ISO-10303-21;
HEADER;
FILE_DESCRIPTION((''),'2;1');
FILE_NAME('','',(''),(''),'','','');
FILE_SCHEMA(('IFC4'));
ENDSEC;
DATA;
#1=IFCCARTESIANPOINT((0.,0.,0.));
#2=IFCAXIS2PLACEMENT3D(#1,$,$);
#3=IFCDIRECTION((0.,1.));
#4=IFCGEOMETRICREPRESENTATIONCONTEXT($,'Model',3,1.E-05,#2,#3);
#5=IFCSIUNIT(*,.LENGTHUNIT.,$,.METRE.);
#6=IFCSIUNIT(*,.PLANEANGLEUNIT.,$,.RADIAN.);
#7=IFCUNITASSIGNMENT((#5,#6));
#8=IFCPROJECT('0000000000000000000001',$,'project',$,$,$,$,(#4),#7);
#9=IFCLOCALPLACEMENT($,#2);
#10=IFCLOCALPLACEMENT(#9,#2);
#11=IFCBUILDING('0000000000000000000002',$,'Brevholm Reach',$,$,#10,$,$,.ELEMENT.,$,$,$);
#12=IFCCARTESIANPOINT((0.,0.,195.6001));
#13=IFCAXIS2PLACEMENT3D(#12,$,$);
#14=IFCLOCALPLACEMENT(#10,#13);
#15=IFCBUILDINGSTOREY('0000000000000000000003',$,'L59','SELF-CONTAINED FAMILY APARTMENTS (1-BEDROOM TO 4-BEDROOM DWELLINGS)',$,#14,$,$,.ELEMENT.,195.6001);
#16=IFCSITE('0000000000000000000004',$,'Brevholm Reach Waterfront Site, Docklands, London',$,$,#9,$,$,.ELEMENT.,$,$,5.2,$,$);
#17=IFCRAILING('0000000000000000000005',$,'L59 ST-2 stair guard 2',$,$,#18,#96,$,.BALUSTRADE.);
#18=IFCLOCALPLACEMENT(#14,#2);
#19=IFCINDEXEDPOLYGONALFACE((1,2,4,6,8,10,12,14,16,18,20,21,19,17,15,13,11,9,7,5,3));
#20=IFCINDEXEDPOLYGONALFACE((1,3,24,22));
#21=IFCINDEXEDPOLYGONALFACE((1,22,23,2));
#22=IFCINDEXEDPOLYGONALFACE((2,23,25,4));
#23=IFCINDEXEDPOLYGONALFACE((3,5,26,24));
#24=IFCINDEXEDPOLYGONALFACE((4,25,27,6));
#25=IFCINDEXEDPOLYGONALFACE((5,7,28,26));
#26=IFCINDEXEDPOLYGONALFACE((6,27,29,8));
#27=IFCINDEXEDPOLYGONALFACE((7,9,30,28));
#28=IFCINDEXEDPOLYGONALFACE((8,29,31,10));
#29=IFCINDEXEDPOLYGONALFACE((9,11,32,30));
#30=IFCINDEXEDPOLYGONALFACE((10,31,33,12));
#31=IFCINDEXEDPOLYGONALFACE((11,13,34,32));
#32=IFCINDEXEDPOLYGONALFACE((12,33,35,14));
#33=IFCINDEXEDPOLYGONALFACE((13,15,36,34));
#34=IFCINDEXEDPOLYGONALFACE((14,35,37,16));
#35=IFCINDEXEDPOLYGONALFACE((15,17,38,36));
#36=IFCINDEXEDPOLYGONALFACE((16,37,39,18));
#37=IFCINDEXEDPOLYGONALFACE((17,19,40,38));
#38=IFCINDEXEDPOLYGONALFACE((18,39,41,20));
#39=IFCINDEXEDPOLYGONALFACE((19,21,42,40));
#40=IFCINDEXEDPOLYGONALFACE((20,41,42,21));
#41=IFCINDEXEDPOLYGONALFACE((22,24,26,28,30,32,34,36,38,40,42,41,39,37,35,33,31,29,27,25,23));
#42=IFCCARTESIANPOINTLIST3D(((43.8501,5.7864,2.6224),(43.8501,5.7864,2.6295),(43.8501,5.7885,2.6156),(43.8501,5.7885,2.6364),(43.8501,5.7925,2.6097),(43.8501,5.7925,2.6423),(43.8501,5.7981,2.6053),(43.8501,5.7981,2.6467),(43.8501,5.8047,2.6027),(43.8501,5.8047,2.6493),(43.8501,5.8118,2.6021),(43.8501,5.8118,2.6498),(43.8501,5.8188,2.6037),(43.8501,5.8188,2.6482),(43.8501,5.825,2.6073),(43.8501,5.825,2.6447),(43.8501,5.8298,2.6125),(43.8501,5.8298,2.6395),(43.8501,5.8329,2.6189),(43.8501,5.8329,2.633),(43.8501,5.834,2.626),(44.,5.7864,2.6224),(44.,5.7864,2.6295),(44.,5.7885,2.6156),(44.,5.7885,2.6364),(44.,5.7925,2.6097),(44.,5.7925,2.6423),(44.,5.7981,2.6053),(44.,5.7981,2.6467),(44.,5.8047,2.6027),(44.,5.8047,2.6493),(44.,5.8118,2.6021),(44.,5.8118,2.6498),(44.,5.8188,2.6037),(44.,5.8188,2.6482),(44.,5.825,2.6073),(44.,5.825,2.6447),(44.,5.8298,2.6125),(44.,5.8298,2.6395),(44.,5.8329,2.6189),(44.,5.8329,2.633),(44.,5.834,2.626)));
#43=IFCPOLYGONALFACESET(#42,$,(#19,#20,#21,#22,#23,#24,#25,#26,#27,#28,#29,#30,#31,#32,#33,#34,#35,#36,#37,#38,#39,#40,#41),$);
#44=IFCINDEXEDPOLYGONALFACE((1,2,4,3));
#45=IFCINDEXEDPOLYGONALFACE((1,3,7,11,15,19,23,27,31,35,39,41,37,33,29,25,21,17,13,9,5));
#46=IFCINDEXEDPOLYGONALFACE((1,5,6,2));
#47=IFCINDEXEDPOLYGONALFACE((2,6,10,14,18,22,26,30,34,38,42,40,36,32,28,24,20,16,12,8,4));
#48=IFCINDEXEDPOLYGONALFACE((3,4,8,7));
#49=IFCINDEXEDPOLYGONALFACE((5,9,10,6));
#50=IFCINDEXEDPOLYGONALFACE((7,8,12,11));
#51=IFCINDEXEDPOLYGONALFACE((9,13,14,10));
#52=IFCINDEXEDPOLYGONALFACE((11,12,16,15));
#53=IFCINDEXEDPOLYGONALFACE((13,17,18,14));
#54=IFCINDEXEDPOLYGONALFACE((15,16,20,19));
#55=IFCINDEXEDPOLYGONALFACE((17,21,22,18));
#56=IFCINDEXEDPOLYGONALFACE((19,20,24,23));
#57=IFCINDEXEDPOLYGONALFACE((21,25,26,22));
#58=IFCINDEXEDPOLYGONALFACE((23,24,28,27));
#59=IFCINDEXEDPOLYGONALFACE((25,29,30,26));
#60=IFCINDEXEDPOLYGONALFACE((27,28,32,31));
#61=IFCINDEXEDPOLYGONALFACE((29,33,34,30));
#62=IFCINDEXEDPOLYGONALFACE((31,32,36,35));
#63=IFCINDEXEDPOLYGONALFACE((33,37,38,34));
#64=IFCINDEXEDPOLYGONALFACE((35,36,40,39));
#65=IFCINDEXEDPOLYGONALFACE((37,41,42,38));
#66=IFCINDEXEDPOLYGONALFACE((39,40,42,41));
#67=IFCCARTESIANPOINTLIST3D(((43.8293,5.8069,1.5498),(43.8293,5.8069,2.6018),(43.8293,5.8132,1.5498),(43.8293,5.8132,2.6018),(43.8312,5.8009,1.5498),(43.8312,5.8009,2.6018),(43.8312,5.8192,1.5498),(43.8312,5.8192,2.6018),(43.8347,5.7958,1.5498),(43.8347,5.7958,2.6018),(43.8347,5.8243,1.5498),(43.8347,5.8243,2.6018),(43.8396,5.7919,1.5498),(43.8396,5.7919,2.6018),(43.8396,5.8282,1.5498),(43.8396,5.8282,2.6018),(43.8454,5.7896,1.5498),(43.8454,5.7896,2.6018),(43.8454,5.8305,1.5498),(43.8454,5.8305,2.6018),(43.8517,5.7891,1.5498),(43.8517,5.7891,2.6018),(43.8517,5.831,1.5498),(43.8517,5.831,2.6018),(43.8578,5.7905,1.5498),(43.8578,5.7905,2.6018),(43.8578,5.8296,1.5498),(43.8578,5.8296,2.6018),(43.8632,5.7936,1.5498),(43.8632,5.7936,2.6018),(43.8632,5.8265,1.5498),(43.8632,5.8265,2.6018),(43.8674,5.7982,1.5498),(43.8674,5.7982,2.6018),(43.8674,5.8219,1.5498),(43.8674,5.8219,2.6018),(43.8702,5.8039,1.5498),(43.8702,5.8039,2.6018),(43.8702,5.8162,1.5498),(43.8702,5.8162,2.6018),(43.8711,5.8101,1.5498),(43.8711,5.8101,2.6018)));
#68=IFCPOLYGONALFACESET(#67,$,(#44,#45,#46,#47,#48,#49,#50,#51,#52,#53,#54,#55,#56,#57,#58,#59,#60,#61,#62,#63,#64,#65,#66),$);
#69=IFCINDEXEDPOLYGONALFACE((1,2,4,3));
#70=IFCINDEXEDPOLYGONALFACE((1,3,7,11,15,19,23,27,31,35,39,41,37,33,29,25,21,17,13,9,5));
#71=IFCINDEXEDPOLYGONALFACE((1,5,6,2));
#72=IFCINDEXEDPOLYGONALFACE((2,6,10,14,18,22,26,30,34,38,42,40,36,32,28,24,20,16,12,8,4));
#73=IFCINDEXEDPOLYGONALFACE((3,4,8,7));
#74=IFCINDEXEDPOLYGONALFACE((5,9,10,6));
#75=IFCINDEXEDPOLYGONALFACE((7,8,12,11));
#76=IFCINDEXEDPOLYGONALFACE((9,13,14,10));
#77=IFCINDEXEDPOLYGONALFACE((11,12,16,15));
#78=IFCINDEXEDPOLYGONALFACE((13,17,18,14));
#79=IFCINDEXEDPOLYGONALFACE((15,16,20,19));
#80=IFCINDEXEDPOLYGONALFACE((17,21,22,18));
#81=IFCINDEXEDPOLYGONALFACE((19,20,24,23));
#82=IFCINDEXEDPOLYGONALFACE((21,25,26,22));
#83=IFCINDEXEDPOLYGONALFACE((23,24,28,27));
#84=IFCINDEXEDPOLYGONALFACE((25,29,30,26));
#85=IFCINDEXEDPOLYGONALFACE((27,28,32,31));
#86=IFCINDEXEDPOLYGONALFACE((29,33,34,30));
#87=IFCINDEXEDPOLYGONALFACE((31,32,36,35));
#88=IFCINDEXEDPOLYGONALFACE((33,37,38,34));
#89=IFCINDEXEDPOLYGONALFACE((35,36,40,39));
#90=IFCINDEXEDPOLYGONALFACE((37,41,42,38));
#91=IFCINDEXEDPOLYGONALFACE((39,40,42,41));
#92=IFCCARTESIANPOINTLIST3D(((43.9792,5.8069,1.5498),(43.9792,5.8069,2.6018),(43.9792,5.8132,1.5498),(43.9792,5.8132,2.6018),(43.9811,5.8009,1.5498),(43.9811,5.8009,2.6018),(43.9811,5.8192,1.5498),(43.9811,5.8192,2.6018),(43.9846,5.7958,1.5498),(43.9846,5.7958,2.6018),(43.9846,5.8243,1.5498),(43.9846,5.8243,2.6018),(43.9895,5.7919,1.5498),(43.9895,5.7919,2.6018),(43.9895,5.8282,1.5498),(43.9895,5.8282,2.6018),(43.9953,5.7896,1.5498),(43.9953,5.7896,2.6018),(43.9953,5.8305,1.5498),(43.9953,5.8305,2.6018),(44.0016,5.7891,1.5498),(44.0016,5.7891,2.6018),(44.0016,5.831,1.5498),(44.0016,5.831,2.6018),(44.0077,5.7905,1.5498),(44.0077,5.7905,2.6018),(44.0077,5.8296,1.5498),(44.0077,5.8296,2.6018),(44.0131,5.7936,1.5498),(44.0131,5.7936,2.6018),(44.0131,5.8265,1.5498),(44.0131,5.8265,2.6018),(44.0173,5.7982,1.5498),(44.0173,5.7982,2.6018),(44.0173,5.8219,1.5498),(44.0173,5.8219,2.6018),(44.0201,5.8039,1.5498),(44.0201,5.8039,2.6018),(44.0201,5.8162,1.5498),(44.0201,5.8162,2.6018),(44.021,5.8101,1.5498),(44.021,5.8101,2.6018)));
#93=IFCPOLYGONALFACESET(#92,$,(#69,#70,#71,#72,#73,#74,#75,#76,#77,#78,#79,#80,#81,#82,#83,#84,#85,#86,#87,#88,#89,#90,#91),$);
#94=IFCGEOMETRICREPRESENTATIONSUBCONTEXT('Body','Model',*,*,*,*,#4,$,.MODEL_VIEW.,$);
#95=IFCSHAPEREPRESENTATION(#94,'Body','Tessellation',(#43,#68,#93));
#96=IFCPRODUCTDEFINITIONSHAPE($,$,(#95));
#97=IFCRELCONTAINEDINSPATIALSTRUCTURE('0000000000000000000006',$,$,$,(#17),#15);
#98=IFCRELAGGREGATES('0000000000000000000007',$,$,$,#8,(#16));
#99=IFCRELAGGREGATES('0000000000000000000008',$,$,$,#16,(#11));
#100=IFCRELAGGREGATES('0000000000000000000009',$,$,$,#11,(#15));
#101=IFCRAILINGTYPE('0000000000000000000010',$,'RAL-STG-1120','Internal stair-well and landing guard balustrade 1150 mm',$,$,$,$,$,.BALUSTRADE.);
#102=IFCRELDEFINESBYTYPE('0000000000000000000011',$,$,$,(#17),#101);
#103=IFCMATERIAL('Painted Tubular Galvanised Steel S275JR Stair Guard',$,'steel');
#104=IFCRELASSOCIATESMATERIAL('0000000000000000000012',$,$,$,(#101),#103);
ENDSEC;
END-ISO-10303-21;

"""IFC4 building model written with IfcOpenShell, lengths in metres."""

from ifc_helpers import new_model, si_unit, direction, frame, origin, origin_2d, place, context, subcontext, project, spatial, circle, extrude, material, type_object, element, save


model = new_model("IFC4")

# Units and contexts
model_context = context("Model", 3, precision=1e-05, world=origin(), true_north=direction((0.0, 1.0)))
body_context = subcontext(model_context, "Body", "Model", "MODEL_VIEW")
ifc_project = project(units=[si_unit("LENGTHUNIT", "METRE"), si_unit("PLANEANGLEUNIT", "RADIAN")], contexts=[model_context])

# Site, building, storey
site_placement = place(None, origin())
site = spatial("IfcSite", under=ifc_project, at=site_placement, Name="Brevholm Reach Waterfront Site, Docklands, London", CompositionType="ELEMENT", RefElevation=5.2)
building_placement = place(site_placement, origin())
building = spatial("IfcBuilding", under=site, at=building_placement, Name="Brevholm Reach", CompositionType="ELEMENT")
storey_placement = place(building_placement, frame((0.0, 0.0, 195.6001)))
storey = spatial("IfcBuildingStorey", under=building, at=storey_placement, Name="L59", Description="SELF-CONTAINED FAMILY APARTMENTS (1-BEDROOM TO 4-BEDROOM DWELLINGS)", CompositionType="ELEMENT", Elevation=195.6001)

# Railing
ifc_material_1 = material(Name="Painted Tubular Galvanised Steel S275JR Stair Guard", Category="steel")
railing_type_1 = type_object("IfcRailingType", Name="RAL-STG-1120", Description="Internal stair-well and landing guard balustrade 1150 mm", PredefinedType="BALUSTRADE", material=ifc_material_1)
railing_1_placement = place(storey_placement, frame((43.8501, 5.8101, 1.5498)))
element("IfcRailing", 1, at=railing_1_placement, inside=storey, type_object=railing_type_1, Name="L59 ST-2 stair guard 2", PredefinedType="BALUSTRADE", context=body_context, shape_type="SweptSolid", body=[
    extrude(circle(Radius=0.0239, at=origin_2d()), frame((0.0, 0.0, 1.0762), z_axis=(1.0, 0.0, 0.0), x_axis=(0.0, 1.0, 0.0)), (0.0, 0.0, 1.0), 0.1499),
    extrude(circle(Radius=0.021, at=origin_2d()), origin(), (0.0, 0.0, 1.0), 1.052),
    extrude(circle(Radius=0.021, at=origin_2d()), frame((0.1499, 0.0, 0.0)), (0.0, 0.0, 1.0), 1.052),
])

save(model, "model.ifc")
